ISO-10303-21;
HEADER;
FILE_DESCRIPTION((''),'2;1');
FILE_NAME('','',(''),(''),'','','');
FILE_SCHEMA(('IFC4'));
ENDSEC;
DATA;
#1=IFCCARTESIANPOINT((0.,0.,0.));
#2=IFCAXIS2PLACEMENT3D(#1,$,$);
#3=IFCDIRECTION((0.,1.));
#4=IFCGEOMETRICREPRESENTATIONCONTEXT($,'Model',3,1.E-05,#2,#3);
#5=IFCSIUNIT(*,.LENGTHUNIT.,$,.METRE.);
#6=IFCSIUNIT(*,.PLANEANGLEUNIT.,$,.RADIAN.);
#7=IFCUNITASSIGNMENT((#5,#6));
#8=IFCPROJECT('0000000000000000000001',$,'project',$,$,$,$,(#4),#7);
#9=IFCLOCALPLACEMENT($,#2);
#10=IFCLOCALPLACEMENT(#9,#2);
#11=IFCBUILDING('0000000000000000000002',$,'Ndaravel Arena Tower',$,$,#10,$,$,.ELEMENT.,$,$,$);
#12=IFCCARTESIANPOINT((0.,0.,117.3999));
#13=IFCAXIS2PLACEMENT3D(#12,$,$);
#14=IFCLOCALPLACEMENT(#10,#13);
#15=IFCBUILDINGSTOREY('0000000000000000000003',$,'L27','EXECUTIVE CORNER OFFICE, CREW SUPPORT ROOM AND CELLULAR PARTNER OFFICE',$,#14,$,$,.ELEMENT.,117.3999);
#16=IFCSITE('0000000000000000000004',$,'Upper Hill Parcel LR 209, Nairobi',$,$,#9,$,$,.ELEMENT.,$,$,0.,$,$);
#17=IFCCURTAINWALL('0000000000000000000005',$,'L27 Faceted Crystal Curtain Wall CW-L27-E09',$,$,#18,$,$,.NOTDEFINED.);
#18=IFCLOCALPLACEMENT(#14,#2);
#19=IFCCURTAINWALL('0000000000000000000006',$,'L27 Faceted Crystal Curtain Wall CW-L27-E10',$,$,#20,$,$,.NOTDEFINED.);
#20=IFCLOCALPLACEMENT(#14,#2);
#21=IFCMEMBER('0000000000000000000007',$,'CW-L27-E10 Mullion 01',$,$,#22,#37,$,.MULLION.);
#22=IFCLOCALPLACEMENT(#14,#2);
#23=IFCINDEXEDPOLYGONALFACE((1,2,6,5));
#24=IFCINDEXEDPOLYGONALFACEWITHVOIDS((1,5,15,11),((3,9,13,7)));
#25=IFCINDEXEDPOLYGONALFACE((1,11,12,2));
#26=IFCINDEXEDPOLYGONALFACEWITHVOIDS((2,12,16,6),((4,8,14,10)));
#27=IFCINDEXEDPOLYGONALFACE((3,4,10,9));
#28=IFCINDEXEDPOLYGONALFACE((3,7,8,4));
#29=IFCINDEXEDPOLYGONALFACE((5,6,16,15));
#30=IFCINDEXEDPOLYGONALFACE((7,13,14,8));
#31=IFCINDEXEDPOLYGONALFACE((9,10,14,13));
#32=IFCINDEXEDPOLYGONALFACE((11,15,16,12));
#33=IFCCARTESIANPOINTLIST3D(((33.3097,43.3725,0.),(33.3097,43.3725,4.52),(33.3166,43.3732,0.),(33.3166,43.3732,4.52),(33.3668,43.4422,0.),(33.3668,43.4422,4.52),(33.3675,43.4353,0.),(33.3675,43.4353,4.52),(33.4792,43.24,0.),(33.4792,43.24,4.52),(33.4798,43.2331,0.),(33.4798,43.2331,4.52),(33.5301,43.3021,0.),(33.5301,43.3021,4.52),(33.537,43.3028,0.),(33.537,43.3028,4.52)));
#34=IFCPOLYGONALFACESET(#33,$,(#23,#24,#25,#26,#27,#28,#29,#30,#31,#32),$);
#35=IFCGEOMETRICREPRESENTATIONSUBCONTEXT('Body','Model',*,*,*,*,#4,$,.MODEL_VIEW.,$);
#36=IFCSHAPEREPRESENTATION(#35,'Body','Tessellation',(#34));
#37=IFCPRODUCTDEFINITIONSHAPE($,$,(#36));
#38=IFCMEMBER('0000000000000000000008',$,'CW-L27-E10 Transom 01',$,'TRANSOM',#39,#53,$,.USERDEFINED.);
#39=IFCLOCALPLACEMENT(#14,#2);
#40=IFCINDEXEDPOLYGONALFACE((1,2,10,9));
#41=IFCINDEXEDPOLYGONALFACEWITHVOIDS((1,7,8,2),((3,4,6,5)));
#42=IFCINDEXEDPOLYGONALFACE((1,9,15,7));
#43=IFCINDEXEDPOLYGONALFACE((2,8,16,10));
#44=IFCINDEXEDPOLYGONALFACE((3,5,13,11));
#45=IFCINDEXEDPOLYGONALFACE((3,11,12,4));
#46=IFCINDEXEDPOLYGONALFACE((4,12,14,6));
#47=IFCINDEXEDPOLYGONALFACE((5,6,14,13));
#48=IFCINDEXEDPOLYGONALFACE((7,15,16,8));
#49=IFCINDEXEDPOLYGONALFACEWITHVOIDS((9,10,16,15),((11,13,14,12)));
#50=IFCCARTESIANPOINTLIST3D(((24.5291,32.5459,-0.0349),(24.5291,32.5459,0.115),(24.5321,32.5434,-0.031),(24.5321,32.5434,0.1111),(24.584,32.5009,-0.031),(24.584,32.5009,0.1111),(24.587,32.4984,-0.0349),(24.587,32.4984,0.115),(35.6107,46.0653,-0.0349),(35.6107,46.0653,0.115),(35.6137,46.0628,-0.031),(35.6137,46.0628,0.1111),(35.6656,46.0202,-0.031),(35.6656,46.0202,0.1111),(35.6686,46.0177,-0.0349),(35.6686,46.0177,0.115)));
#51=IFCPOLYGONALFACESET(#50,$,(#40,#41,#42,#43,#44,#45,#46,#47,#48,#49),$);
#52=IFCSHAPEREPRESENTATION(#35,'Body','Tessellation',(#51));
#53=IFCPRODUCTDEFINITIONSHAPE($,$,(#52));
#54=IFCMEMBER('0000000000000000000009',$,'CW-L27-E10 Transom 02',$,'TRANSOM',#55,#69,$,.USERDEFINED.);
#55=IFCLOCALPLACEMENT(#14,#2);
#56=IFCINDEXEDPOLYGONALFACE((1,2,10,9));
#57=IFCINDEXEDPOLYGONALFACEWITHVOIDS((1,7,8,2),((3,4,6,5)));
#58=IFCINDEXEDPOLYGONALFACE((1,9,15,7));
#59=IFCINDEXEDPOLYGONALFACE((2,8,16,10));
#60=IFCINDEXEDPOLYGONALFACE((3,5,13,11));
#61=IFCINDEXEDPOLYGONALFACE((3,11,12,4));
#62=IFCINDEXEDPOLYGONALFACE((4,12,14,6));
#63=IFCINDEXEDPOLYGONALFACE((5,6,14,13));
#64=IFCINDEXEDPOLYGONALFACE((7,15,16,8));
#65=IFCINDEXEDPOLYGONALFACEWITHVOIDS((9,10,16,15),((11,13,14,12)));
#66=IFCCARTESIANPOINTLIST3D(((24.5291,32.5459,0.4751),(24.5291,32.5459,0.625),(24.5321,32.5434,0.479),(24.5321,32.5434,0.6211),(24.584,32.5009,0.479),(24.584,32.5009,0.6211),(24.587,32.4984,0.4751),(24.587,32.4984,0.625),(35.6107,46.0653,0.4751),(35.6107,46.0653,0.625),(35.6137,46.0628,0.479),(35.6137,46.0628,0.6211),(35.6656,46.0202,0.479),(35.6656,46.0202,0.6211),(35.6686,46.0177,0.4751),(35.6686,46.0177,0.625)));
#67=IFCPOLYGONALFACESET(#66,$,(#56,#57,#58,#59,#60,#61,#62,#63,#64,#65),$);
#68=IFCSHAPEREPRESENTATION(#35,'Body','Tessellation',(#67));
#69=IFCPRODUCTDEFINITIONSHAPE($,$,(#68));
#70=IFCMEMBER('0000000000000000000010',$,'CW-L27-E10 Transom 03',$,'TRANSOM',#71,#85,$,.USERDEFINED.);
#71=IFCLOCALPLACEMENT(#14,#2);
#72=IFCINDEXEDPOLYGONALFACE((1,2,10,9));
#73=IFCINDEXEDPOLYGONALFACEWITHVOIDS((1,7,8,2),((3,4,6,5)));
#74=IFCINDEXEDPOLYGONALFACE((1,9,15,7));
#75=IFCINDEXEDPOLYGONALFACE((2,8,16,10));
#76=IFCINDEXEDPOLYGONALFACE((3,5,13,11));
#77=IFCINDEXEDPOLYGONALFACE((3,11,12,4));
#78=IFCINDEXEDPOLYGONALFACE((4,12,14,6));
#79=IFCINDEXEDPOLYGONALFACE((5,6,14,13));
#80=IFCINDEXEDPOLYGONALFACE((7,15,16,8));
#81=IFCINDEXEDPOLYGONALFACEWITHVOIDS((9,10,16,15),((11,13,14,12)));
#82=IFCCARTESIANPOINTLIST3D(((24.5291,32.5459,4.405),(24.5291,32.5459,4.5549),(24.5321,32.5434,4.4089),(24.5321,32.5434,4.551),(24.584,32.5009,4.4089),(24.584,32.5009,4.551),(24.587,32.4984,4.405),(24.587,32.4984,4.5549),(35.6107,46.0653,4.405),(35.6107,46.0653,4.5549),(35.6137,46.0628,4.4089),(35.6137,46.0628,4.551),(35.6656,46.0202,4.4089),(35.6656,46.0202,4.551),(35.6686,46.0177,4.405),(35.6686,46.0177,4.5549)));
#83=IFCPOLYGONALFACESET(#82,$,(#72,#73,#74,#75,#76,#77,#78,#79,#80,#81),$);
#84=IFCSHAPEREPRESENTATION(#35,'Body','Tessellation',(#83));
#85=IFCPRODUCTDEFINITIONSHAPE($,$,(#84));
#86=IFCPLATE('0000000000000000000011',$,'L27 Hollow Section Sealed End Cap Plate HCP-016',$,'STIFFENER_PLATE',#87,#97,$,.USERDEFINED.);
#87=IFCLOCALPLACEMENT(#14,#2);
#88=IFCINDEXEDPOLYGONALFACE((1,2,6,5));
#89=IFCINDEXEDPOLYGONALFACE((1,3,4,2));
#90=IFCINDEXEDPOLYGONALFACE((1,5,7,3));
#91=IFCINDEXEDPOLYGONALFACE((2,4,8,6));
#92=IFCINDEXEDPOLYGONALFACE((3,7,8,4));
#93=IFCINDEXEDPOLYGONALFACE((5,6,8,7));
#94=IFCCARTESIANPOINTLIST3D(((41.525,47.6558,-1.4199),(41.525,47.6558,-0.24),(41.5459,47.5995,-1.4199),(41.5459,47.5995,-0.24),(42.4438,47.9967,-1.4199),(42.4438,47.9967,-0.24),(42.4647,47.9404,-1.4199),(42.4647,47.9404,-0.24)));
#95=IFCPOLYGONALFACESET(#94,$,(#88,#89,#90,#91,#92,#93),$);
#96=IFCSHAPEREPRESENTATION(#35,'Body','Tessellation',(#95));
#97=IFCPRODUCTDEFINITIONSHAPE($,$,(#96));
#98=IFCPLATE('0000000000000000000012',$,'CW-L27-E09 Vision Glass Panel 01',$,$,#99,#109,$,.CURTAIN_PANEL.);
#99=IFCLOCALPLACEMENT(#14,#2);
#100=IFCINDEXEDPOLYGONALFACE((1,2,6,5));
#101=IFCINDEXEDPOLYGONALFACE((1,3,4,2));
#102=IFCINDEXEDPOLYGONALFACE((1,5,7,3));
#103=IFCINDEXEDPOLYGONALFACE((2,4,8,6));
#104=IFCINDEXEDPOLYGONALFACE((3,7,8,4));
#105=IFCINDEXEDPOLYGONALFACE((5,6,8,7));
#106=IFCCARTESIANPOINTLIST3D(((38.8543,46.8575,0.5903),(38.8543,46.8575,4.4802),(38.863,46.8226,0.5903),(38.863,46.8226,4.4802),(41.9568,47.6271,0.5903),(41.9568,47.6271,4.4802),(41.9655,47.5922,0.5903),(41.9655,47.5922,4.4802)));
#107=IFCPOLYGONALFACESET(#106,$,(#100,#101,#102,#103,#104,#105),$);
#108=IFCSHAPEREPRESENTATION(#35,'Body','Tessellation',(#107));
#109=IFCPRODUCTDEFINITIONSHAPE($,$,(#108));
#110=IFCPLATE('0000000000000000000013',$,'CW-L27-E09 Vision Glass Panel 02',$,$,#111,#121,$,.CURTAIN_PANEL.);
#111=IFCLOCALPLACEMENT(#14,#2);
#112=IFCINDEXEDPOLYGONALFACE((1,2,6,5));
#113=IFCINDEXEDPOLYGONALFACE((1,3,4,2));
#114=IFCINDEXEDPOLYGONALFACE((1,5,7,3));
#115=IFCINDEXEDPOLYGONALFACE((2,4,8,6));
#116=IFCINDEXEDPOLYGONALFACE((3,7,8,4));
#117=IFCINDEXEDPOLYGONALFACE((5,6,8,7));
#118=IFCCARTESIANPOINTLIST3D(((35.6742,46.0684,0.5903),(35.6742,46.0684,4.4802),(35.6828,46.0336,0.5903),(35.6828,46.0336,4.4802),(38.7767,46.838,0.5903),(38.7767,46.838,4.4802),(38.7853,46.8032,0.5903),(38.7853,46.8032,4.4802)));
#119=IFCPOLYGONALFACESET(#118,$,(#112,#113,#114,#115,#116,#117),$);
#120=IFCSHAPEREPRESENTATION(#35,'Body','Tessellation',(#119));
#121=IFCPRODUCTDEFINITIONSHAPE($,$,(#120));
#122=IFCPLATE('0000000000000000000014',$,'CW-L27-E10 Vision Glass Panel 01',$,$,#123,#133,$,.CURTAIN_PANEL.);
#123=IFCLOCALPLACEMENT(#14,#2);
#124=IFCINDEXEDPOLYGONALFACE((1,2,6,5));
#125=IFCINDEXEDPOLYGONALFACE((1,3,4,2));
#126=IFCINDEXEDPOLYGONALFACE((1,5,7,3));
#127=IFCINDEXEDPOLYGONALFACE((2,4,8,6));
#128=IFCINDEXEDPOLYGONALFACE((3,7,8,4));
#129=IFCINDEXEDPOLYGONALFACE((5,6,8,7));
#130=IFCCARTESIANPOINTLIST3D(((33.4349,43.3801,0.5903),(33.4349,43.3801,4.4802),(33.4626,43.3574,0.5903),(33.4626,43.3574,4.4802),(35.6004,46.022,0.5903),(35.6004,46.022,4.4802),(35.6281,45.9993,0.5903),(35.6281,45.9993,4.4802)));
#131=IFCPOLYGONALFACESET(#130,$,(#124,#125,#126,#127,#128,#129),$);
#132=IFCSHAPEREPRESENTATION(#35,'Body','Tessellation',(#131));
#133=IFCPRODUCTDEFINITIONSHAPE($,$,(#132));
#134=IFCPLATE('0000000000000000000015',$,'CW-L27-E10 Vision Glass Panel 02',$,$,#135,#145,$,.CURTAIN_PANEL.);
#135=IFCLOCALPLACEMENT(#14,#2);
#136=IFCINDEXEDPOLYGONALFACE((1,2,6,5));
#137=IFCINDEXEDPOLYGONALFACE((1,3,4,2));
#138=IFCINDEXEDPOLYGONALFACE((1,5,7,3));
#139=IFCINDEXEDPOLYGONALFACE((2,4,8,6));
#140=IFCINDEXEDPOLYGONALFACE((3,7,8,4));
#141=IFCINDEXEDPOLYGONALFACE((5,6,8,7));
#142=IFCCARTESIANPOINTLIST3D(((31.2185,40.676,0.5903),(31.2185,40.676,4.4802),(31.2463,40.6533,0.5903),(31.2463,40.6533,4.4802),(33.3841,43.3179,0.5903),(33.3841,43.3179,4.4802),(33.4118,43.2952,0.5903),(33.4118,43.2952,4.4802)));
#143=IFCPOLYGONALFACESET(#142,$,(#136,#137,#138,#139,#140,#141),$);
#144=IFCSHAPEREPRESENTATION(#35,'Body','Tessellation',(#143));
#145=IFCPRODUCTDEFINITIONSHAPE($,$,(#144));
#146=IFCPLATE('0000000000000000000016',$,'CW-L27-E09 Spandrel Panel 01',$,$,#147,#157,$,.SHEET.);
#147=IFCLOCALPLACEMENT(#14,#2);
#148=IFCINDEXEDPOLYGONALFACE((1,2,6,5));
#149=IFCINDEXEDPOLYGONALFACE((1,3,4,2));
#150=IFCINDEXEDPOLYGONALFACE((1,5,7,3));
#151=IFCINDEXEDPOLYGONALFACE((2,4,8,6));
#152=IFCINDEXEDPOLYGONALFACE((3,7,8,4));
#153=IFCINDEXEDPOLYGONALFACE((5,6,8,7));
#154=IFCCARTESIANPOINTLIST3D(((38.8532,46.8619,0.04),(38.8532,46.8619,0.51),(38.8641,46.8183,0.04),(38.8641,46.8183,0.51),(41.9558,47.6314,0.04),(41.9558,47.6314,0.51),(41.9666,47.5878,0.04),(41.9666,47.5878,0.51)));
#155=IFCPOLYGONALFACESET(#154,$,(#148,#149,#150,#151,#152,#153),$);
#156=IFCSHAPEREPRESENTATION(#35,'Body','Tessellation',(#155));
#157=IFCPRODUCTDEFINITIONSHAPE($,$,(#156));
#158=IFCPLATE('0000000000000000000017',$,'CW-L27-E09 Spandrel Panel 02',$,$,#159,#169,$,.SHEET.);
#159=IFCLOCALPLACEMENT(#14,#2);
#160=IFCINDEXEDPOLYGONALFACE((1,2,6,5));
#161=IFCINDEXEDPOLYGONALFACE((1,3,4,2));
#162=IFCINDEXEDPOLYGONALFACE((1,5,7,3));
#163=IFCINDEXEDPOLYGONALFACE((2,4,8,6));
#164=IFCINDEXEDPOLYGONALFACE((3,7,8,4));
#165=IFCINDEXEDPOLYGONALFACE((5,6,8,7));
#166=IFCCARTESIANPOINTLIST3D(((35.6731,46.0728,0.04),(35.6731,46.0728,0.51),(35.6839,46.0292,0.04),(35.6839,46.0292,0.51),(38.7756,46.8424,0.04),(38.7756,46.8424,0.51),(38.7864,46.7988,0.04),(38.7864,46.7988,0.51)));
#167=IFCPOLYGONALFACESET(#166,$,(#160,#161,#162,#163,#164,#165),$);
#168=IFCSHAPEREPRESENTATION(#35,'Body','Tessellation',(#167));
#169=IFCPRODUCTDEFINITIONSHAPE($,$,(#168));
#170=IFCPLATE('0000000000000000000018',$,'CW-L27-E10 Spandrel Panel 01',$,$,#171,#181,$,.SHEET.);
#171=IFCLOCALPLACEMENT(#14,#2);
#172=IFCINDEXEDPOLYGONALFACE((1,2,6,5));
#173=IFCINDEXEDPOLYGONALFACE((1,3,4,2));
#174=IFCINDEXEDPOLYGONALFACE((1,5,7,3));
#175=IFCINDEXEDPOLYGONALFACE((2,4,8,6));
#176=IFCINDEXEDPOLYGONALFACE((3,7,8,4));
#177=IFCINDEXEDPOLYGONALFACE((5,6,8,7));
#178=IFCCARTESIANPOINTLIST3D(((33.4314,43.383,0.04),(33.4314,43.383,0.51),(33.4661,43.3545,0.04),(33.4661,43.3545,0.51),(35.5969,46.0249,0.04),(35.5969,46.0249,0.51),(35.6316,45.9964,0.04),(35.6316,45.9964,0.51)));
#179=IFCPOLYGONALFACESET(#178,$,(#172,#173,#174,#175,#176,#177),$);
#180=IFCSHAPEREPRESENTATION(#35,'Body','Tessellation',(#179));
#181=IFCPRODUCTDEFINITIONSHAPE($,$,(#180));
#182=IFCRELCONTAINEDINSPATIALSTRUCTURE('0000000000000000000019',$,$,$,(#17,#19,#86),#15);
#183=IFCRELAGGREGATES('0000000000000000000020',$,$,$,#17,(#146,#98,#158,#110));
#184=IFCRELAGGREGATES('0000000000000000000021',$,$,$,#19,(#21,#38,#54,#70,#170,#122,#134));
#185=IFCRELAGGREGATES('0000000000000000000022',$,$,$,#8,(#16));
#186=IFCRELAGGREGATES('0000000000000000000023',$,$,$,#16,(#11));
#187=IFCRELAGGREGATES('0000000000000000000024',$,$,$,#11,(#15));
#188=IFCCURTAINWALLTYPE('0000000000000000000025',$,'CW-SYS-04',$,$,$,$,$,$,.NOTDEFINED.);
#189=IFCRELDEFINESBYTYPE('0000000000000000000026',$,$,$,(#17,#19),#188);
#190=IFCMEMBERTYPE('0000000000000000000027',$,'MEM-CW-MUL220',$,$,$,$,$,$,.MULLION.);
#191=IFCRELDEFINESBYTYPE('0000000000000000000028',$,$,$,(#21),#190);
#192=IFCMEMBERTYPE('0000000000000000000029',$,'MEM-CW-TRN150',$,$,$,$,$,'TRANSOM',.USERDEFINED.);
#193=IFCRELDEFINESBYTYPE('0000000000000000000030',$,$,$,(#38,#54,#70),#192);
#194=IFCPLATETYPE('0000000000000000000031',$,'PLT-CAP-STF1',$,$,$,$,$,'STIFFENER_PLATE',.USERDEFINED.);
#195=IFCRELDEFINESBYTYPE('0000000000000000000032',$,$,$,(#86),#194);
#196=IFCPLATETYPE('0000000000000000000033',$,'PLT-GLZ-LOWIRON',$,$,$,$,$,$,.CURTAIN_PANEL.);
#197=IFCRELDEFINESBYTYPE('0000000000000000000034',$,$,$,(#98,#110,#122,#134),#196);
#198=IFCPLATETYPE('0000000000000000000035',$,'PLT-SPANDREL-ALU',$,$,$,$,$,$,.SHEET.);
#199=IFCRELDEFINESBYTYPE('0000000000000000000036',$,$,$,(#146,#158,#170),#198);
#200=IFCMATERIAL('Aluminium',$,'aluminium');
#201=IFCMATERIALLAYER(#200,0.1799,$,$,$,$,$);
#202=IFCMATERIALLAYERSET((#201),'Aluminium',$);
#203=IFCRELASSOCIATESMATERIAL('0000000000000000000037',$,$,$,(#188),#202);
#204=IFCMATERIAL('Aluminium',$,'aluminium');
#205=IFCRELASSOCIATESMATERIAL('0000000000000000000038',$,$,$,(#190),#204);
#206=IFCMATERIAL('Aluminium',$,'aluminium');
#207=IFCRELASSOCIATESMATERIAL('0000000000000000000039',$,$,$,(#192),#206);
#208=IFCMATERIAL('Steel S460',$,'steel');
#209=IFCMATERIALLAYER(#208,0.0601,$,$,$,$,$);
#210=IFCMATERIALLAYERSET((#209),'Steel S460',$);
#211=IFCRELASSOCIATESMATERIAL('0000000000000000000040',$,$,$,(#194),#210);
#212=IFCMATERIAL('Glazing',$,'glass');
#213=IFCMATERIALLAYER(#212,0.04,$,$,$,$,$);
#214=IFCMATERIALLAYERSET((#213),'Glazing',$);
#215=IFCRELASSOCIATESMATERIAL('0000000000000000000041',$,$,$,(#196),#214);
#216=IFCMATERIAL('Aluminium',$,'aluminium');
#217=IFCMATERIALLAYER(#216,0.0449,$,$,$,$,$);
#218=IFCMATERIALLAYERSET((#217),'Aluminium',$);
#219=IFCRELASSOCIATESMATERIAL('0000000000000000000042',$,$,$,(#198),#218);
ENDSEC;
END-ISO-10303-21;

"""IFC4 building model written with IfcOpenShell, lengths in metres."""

from ifc_helpers import new_model, si_unit, direction, frame, origin, origin_2d, place, context, subcontext, project, spatial, rectangle, hollow_rectangle, extrude, material, layer, layer_set, material_profile, profile_set, type_object, element, aggregate, save


model = new_model("IFC4")

# Units and contexts
model_context = context("Model", 3, precision=1e-05, world=origin(), true_north=direction((0.0, 1.0)))
body_context = subcontext(model_context, "Body", "Model", "MODEL_VIEW")
ifc_project = project(units=[si_unit("LENGTHUNIT", "METRE"), si_unit("PLANEANGLEUNIT", "RADIAN")], contexts=[model_context])

# Site, building, storey
site_placement = place(None, origin())
site = spatial("IfcSite", under=ifc_project, at=site_placement, Name="Upper Hill Parcel LR 209, Nairobi", CompositionType="ELEMENT", RefElevation=0.0)
building_placement = place(site_placement, origin())
building = spatial("IfcBuilding", under=site, at=building_placement, Name="Ndaravel Arena Tower", CompositionType="ELEMENT")
storey_placement = place(building_placement, frame((0.0, 0.0, 117.3999)))
storey = spatial("IfcBuildingStorey", under=building, at=storey_placement, Name="L27", Description="EXECUTIVE CORNER OFFICE, CREW SUPPORT ROOM AND CELLULAR PARTNER OFFICE", CompositionType="ELEMENT", Elevation=117.3999)

# Curtain wall
ifc_material_1 = material(Name="Aluminium", Category="aluminium")
ifc_layer_1 = layer(ifc_material_1, 0.1799)
ifc_layer_set_1 = layer_set([ifc_layer_1], Name="Aluminium")
curtain_wall_type = type_object("IfcCurtainWallType", Name="CW-SYS-04", PredefinedType="NOTDEFINED", material=ifc_layer_set_1)
curtain_wall_1_placement = place(storey_placement, origin())
curtain_wall_1 = element("IfcCurtainWall", 1, at=curtain_wall_1_placement, inside=storey, type_object=curtain_wall_type, Name="L27 Faceted Crystal Curtain Wall CW-L27-E09", PredefinedType="NOTDEFINED")
ifc_material_2 = material(Name="Aluminium", Category="aluminium")
ifc_material_profile_1 = material_profile(ifc_material_2, hollow_rectangle(XDim=0.0901, YDim=0.22, WallThickness=0.0049, at=origin_2d()), Name="CW MULLION 90x220x5")
ifc_profile_set_1 = profile_set([ifc_material_profile_1], Name="Aluminium")
member_type_1 = type_object("IfcMemberType", Name="MEM-CW-MUL220", PredefinedType="MULLION", material=ifc_profile_set_1)

# Curtain wall, members
curtain_wall_2_placement = place(storey_placement, origin())
curtain_wall_2 = element("IfcCurtainWall", 2, at=curtain_wall_2_placement, inside=storey, type_object=curtain_wall_type, Name="L27 Faceted Crystal Curtain Wall CW-L27-E10", PredefinedType="NOTDEFINED")
member_1_placement = place(storey_placement, frame((33.4233, 43.3376, 0.0), z_axis=(0.0, 0.0, 1.0), x_axis=(-0.633934, -0.773387, 0.0)))
member_1 = element("IfcMember", 3, at=member_1_placement, type_object=member_type_1, Name="CW-L27-E10 Mullion 01", PredefinedType="MULLION", context=body_context, shape_type="SweptSolid", body=[
    extrude(hollow_rectangle(XDim=0.0901, YDim=0.22, WallThickness=0.0049, at=origin_2d()), origin(), (0.0, 0.0, 1.0), 4.52),
])
ifc_material_3 = material(Name="Aluminium", Category="aluminium")
ifc_material_profile_2 = material_profile(ifc_material_3, hollow_rectangle(XDim=0.075, YDim=0.1499, WallThickness=0.0039, at=origin_2d()), Name="CW TRANSOM 75x150x4")
ifc_profile_set_2 = profile_set([ifc_material_profile_2], Name="Aluminium")
member_type_2 = type_object("IfcMemberType", Name="MEM-CW-TRN150", ElementType="TRANSOM", PredefinedType="USERDEFINED", material=ifc_profile_set_2)
member_2_placement = place(storey_placement, frame((35.6396, 46.0415, 0.04), z_axis=(-0.633933, -0.773388, 0.0), x_axis=(0.773388, -0.633933, 0.0)))
member_2 = element("IfcMember", 4, at=member_2_placement, type_object=member_type_2, Name="CW-L27-E10 Transom 01", ObjectType="TRANSOM", PredefinedType="USERDEFINED", context=body_context, shape_type="SweptSolid", body=[
    extrude(hollow_rectangle(XDim=0.075, YDim=0.1499, WallThickness=0.0039, at=origin_2d()), origin(), (0.0, 0.0, 1.0), 17.4807),
])
member_3_placement = place(storey_placement, frame((35.6396, 46.0415, 0.55), z_axis=(-0.633933, -0.773388, 0.0), x_axis=(0.773388, -0.633933, 0.0)))
member_3 = element("IfcMember", 5, at=member_3_placement, type_object=member_type_2, Name="CW-L27-E10 Transom 02", ObjectType="TRANSOM", PredefinedType="USERDEFINED", context=body_context, shape_type="SweptSolid", body=[
    extrude(hollow_rectangle(XDim=0.075, YDim=0.1499, WallThickness=0.0039, at=origin_2d()), origin(), (0.0, 0.0, 1.0), 17.4807),
])
member_4_placement = place(storey_placement, frame((35.6396, 46.0415, 4.48), z_axis=(-0.633933, -0.773388, 0.0), x_axis=(0.773388, -0.633933, 0.0)))
member_4 = element("IfcMember", 6, at=member_4_placement, type_object=member_type_2, Name="CW-L27-E10 Transom 03", ObjectType="TRANSOM", PredefinedType="USERDEFINED", context=body_context, shape_type="SweptSolid", body=[
    extrude(hollow_rectangle(XDim=0.075, YDim=0.1499, WallThickness=0.0039, at=origin_2d()), origin(), (0.0, 0.0, 1.0), 17.4807),
])

# Plates
ifc_material_4 = material(Name="Steel S460", Category="steel")
ifc_layer_2 = layer(ifc_material_4, 0.0601)
ifc_layer_set_2 = layer_set([ifc_layer_2], Name="Steel S460")
plate_type_1 = type_object("IfcPlateType", Name="PLT-CAP-STF1", ElementType="STIFFENER_PLATE", PredefinedType="USERDEFINED", material=ifc_layer_set_2)
plate_1_placement = place(storey_placement, frame((41.9949, 47.7981, -1.4199), z_axis=(0.0, 0.0, 1.0), x_axis=(-0.347918, 0.937525, 0.0)))
element("IfcPlate", 7, at=plate_1_placement, inside=storey, type_object=plate_type_1, Name="L27 Hollow Section Sealed End Cap Plate HCP-016", ObjectType="STIFFENER_PLATE", PredefinedType="USERDEFINED", context=body_context, shape_type="SweptSolid", body=[
    extrude(rectangle(XDim=0.0601, YDim=0.98, at=origin_2d()), origin(), (0.0, 0.0, 1.0), 1.1799),
])
ifc_material_5 = material(Name="Glazing", Category="glass")
ifc_layer_3 = layer(ifc_material_5, 0.04)
ifc_layer_set_3 = layer_set([ifc_layer_3], Name="Glazing")
plate_type_2 = type_object("IfcPlateType", Name="PLT-GLZ-LOWIRON", PredefinedType="CURTAIN_PANEL", material=ifc_layer_set_3)
plate_2_placement = place(storey_placement, frame((40.4099, 47.2249, 0.5903), z_axis=(0.0, 0.0, 1.0), x_axis=(-0.970586, -0.240753, 0.0)))
plate_2 = element("IfcPlate", 8, at=plate_2_placement, type_object=plate_type_2, Name="CW-L27-E09 Vision Glass Panel 01", PredefinedType="CURTAIN_PANEL", context=body_context, shape_type="SweptSolid", body=[
    extrude(rectangle(XDim=3.1965, YDim=0.0359, at=origin_2d()), origin(), (0.0, 0.0, 1.0), 3.8899),
])
plate_3_placement = place(storey_placement, frame((37.2297, 46.4358, 0.5903), z_axis=(0.0, 0.0, 1.0), x_axis=(-0.970586, -0.240753, 0.0)))
plate_3 = element("IfcPlate", 9, at=plate_3_placement, type_object=plate_type_2, Name="CW-L27-E09 Vision Glass Panel 02", PredefinedType="CURTAIN_PANEL", context=body_context, shape_type="SweptSolid", body=[
    extrude(rectangle(XDim=3.1965, YDim=0.0359, at=origin_2d()), origin(), (0.0, 0.0, 1.0), 3.8899),
])
plate_4_placement = place(storey_placement, frame((34.5315, 44.6897, 0.5903), z_axis=(0.0, 0.0, 1.0), x_axis=(-0.633934, -0.773387, 0.0)))
plate_4 = element("IfcPlate", 10, at=plate_4_placement, type_object=plate_type_2, Name="CW-L27-E10 Vision Glass Panel 01", PredefinedType="CURTAIN_PANEL", context=body_context, shape_type="SweptSolid", body=[
    extrude(rectangle(XDim=3.416, YDim=0.0359, at=origin_2d()), origin(), (0.0, 0.0, 1.0), 3.8899),
])
plate_5_placement = place(storey_placement, frame((32.3152, 41.9856, 0.5903), z_axis=(0.0, 0.0, 1.0), x_axis=(-0.633934, -0.773387, 0.0)))
plate_5 = element("IfcPlate", 11, at=plate_5_placement, type_object=plate_type_2, Name="CW-L27-E10 Vision Glass Panel 02", PredefinedType="CURTAIN_PANEL", context=body_context, shape_type="SweptSolid", body=[
    extrude(rectangle(XDim=3.416, YDim=0.0359, at=origin_2d()), origin(), (0.0, 0.0, 1.0), 3.8899),
])
ifc_material_6 = material(Name="Aluminium", Category="aluminium")
ifc_layer_4 = layer(ifc_material_6, 0.0449)
ifc_layer_set_4 = layer_set([ifc_layer_4], Name="Aluminium")
plate_type_3 = type_object("IfcPlateType", Name="PLT-SPANDREL-ALU", PredefinedType="SHEET", material=ifc_layer_set_4)
plate_6_placement = place(storey_placement, frame((40.4099, 47.2249, 0.04), z_axis=(0.0, 0.0, 1.0), x_axis=(-0.970586, -0.240753, 0.0)))
plate_6 = element("IfcPlate", 12, at=plate_6_placement, type_object=plate_type_3, Name="CW-L27-E09 Spandrel Panel 01", PredefinedType="SHEET", context=body_context, shape_type="SweptSolid", body=[
    extrude(rectangle(XDim=3.1965, YDim=0.0449, at=origin_2d()), origin(), (0.0, 0.0, 1.0), 0.47),
])
plate_7_placement = place(storey_placement, frame((37.2297, 46.4358, 0.04), z_axis=(0.0, 0.0, 1.0), x_axis=(-0.970586, -0.240753, 0.0)))
plate_7 = element("IfcPlate", 13, at=plate_7_placement, type_object=plate_type_3, Name="CW-L27-E09 Spandrel Panel 02", PredefinedType="SHEET", context=body_context, shape_type="SweptSolid", body=[
    extrude(rectangle(XDim=3.1965, YDim=0.0449, at=origin_2d()), origin(), (0.0, 0.0, 1.0), 0.47),
])
aggregate(curtain_wall_1, [plate_6, plate_2, plate_7, plate_3])
plate_8_placement = place(storey_placement, frame((34.5315, 44.6897, 0.04), z_axis=(0.0, 0.0, 1.0), x_axis=(-0.633934, -0.773387, 0.0)))
plate_8 = element("IfcPlate", 14, at=plate_8_placement, type_object=plate_type_3, Name="CW-L27-E10 Spandrel Panel 01", PredefinedType="SHEET", context=body_context, shape_type="SweptSolid", body=[
    extrude(rectangle(XDim=3.416, YDim=0.0449, at=origin_2d()), origin(), (0.0, 0.0, 1.0), 0.47),
])
aggregate(curtain_wall_2, [member_1, member_2, member_3, member_4, plate_8, plate_4, plate_5])

save(model, "model.ifc")
